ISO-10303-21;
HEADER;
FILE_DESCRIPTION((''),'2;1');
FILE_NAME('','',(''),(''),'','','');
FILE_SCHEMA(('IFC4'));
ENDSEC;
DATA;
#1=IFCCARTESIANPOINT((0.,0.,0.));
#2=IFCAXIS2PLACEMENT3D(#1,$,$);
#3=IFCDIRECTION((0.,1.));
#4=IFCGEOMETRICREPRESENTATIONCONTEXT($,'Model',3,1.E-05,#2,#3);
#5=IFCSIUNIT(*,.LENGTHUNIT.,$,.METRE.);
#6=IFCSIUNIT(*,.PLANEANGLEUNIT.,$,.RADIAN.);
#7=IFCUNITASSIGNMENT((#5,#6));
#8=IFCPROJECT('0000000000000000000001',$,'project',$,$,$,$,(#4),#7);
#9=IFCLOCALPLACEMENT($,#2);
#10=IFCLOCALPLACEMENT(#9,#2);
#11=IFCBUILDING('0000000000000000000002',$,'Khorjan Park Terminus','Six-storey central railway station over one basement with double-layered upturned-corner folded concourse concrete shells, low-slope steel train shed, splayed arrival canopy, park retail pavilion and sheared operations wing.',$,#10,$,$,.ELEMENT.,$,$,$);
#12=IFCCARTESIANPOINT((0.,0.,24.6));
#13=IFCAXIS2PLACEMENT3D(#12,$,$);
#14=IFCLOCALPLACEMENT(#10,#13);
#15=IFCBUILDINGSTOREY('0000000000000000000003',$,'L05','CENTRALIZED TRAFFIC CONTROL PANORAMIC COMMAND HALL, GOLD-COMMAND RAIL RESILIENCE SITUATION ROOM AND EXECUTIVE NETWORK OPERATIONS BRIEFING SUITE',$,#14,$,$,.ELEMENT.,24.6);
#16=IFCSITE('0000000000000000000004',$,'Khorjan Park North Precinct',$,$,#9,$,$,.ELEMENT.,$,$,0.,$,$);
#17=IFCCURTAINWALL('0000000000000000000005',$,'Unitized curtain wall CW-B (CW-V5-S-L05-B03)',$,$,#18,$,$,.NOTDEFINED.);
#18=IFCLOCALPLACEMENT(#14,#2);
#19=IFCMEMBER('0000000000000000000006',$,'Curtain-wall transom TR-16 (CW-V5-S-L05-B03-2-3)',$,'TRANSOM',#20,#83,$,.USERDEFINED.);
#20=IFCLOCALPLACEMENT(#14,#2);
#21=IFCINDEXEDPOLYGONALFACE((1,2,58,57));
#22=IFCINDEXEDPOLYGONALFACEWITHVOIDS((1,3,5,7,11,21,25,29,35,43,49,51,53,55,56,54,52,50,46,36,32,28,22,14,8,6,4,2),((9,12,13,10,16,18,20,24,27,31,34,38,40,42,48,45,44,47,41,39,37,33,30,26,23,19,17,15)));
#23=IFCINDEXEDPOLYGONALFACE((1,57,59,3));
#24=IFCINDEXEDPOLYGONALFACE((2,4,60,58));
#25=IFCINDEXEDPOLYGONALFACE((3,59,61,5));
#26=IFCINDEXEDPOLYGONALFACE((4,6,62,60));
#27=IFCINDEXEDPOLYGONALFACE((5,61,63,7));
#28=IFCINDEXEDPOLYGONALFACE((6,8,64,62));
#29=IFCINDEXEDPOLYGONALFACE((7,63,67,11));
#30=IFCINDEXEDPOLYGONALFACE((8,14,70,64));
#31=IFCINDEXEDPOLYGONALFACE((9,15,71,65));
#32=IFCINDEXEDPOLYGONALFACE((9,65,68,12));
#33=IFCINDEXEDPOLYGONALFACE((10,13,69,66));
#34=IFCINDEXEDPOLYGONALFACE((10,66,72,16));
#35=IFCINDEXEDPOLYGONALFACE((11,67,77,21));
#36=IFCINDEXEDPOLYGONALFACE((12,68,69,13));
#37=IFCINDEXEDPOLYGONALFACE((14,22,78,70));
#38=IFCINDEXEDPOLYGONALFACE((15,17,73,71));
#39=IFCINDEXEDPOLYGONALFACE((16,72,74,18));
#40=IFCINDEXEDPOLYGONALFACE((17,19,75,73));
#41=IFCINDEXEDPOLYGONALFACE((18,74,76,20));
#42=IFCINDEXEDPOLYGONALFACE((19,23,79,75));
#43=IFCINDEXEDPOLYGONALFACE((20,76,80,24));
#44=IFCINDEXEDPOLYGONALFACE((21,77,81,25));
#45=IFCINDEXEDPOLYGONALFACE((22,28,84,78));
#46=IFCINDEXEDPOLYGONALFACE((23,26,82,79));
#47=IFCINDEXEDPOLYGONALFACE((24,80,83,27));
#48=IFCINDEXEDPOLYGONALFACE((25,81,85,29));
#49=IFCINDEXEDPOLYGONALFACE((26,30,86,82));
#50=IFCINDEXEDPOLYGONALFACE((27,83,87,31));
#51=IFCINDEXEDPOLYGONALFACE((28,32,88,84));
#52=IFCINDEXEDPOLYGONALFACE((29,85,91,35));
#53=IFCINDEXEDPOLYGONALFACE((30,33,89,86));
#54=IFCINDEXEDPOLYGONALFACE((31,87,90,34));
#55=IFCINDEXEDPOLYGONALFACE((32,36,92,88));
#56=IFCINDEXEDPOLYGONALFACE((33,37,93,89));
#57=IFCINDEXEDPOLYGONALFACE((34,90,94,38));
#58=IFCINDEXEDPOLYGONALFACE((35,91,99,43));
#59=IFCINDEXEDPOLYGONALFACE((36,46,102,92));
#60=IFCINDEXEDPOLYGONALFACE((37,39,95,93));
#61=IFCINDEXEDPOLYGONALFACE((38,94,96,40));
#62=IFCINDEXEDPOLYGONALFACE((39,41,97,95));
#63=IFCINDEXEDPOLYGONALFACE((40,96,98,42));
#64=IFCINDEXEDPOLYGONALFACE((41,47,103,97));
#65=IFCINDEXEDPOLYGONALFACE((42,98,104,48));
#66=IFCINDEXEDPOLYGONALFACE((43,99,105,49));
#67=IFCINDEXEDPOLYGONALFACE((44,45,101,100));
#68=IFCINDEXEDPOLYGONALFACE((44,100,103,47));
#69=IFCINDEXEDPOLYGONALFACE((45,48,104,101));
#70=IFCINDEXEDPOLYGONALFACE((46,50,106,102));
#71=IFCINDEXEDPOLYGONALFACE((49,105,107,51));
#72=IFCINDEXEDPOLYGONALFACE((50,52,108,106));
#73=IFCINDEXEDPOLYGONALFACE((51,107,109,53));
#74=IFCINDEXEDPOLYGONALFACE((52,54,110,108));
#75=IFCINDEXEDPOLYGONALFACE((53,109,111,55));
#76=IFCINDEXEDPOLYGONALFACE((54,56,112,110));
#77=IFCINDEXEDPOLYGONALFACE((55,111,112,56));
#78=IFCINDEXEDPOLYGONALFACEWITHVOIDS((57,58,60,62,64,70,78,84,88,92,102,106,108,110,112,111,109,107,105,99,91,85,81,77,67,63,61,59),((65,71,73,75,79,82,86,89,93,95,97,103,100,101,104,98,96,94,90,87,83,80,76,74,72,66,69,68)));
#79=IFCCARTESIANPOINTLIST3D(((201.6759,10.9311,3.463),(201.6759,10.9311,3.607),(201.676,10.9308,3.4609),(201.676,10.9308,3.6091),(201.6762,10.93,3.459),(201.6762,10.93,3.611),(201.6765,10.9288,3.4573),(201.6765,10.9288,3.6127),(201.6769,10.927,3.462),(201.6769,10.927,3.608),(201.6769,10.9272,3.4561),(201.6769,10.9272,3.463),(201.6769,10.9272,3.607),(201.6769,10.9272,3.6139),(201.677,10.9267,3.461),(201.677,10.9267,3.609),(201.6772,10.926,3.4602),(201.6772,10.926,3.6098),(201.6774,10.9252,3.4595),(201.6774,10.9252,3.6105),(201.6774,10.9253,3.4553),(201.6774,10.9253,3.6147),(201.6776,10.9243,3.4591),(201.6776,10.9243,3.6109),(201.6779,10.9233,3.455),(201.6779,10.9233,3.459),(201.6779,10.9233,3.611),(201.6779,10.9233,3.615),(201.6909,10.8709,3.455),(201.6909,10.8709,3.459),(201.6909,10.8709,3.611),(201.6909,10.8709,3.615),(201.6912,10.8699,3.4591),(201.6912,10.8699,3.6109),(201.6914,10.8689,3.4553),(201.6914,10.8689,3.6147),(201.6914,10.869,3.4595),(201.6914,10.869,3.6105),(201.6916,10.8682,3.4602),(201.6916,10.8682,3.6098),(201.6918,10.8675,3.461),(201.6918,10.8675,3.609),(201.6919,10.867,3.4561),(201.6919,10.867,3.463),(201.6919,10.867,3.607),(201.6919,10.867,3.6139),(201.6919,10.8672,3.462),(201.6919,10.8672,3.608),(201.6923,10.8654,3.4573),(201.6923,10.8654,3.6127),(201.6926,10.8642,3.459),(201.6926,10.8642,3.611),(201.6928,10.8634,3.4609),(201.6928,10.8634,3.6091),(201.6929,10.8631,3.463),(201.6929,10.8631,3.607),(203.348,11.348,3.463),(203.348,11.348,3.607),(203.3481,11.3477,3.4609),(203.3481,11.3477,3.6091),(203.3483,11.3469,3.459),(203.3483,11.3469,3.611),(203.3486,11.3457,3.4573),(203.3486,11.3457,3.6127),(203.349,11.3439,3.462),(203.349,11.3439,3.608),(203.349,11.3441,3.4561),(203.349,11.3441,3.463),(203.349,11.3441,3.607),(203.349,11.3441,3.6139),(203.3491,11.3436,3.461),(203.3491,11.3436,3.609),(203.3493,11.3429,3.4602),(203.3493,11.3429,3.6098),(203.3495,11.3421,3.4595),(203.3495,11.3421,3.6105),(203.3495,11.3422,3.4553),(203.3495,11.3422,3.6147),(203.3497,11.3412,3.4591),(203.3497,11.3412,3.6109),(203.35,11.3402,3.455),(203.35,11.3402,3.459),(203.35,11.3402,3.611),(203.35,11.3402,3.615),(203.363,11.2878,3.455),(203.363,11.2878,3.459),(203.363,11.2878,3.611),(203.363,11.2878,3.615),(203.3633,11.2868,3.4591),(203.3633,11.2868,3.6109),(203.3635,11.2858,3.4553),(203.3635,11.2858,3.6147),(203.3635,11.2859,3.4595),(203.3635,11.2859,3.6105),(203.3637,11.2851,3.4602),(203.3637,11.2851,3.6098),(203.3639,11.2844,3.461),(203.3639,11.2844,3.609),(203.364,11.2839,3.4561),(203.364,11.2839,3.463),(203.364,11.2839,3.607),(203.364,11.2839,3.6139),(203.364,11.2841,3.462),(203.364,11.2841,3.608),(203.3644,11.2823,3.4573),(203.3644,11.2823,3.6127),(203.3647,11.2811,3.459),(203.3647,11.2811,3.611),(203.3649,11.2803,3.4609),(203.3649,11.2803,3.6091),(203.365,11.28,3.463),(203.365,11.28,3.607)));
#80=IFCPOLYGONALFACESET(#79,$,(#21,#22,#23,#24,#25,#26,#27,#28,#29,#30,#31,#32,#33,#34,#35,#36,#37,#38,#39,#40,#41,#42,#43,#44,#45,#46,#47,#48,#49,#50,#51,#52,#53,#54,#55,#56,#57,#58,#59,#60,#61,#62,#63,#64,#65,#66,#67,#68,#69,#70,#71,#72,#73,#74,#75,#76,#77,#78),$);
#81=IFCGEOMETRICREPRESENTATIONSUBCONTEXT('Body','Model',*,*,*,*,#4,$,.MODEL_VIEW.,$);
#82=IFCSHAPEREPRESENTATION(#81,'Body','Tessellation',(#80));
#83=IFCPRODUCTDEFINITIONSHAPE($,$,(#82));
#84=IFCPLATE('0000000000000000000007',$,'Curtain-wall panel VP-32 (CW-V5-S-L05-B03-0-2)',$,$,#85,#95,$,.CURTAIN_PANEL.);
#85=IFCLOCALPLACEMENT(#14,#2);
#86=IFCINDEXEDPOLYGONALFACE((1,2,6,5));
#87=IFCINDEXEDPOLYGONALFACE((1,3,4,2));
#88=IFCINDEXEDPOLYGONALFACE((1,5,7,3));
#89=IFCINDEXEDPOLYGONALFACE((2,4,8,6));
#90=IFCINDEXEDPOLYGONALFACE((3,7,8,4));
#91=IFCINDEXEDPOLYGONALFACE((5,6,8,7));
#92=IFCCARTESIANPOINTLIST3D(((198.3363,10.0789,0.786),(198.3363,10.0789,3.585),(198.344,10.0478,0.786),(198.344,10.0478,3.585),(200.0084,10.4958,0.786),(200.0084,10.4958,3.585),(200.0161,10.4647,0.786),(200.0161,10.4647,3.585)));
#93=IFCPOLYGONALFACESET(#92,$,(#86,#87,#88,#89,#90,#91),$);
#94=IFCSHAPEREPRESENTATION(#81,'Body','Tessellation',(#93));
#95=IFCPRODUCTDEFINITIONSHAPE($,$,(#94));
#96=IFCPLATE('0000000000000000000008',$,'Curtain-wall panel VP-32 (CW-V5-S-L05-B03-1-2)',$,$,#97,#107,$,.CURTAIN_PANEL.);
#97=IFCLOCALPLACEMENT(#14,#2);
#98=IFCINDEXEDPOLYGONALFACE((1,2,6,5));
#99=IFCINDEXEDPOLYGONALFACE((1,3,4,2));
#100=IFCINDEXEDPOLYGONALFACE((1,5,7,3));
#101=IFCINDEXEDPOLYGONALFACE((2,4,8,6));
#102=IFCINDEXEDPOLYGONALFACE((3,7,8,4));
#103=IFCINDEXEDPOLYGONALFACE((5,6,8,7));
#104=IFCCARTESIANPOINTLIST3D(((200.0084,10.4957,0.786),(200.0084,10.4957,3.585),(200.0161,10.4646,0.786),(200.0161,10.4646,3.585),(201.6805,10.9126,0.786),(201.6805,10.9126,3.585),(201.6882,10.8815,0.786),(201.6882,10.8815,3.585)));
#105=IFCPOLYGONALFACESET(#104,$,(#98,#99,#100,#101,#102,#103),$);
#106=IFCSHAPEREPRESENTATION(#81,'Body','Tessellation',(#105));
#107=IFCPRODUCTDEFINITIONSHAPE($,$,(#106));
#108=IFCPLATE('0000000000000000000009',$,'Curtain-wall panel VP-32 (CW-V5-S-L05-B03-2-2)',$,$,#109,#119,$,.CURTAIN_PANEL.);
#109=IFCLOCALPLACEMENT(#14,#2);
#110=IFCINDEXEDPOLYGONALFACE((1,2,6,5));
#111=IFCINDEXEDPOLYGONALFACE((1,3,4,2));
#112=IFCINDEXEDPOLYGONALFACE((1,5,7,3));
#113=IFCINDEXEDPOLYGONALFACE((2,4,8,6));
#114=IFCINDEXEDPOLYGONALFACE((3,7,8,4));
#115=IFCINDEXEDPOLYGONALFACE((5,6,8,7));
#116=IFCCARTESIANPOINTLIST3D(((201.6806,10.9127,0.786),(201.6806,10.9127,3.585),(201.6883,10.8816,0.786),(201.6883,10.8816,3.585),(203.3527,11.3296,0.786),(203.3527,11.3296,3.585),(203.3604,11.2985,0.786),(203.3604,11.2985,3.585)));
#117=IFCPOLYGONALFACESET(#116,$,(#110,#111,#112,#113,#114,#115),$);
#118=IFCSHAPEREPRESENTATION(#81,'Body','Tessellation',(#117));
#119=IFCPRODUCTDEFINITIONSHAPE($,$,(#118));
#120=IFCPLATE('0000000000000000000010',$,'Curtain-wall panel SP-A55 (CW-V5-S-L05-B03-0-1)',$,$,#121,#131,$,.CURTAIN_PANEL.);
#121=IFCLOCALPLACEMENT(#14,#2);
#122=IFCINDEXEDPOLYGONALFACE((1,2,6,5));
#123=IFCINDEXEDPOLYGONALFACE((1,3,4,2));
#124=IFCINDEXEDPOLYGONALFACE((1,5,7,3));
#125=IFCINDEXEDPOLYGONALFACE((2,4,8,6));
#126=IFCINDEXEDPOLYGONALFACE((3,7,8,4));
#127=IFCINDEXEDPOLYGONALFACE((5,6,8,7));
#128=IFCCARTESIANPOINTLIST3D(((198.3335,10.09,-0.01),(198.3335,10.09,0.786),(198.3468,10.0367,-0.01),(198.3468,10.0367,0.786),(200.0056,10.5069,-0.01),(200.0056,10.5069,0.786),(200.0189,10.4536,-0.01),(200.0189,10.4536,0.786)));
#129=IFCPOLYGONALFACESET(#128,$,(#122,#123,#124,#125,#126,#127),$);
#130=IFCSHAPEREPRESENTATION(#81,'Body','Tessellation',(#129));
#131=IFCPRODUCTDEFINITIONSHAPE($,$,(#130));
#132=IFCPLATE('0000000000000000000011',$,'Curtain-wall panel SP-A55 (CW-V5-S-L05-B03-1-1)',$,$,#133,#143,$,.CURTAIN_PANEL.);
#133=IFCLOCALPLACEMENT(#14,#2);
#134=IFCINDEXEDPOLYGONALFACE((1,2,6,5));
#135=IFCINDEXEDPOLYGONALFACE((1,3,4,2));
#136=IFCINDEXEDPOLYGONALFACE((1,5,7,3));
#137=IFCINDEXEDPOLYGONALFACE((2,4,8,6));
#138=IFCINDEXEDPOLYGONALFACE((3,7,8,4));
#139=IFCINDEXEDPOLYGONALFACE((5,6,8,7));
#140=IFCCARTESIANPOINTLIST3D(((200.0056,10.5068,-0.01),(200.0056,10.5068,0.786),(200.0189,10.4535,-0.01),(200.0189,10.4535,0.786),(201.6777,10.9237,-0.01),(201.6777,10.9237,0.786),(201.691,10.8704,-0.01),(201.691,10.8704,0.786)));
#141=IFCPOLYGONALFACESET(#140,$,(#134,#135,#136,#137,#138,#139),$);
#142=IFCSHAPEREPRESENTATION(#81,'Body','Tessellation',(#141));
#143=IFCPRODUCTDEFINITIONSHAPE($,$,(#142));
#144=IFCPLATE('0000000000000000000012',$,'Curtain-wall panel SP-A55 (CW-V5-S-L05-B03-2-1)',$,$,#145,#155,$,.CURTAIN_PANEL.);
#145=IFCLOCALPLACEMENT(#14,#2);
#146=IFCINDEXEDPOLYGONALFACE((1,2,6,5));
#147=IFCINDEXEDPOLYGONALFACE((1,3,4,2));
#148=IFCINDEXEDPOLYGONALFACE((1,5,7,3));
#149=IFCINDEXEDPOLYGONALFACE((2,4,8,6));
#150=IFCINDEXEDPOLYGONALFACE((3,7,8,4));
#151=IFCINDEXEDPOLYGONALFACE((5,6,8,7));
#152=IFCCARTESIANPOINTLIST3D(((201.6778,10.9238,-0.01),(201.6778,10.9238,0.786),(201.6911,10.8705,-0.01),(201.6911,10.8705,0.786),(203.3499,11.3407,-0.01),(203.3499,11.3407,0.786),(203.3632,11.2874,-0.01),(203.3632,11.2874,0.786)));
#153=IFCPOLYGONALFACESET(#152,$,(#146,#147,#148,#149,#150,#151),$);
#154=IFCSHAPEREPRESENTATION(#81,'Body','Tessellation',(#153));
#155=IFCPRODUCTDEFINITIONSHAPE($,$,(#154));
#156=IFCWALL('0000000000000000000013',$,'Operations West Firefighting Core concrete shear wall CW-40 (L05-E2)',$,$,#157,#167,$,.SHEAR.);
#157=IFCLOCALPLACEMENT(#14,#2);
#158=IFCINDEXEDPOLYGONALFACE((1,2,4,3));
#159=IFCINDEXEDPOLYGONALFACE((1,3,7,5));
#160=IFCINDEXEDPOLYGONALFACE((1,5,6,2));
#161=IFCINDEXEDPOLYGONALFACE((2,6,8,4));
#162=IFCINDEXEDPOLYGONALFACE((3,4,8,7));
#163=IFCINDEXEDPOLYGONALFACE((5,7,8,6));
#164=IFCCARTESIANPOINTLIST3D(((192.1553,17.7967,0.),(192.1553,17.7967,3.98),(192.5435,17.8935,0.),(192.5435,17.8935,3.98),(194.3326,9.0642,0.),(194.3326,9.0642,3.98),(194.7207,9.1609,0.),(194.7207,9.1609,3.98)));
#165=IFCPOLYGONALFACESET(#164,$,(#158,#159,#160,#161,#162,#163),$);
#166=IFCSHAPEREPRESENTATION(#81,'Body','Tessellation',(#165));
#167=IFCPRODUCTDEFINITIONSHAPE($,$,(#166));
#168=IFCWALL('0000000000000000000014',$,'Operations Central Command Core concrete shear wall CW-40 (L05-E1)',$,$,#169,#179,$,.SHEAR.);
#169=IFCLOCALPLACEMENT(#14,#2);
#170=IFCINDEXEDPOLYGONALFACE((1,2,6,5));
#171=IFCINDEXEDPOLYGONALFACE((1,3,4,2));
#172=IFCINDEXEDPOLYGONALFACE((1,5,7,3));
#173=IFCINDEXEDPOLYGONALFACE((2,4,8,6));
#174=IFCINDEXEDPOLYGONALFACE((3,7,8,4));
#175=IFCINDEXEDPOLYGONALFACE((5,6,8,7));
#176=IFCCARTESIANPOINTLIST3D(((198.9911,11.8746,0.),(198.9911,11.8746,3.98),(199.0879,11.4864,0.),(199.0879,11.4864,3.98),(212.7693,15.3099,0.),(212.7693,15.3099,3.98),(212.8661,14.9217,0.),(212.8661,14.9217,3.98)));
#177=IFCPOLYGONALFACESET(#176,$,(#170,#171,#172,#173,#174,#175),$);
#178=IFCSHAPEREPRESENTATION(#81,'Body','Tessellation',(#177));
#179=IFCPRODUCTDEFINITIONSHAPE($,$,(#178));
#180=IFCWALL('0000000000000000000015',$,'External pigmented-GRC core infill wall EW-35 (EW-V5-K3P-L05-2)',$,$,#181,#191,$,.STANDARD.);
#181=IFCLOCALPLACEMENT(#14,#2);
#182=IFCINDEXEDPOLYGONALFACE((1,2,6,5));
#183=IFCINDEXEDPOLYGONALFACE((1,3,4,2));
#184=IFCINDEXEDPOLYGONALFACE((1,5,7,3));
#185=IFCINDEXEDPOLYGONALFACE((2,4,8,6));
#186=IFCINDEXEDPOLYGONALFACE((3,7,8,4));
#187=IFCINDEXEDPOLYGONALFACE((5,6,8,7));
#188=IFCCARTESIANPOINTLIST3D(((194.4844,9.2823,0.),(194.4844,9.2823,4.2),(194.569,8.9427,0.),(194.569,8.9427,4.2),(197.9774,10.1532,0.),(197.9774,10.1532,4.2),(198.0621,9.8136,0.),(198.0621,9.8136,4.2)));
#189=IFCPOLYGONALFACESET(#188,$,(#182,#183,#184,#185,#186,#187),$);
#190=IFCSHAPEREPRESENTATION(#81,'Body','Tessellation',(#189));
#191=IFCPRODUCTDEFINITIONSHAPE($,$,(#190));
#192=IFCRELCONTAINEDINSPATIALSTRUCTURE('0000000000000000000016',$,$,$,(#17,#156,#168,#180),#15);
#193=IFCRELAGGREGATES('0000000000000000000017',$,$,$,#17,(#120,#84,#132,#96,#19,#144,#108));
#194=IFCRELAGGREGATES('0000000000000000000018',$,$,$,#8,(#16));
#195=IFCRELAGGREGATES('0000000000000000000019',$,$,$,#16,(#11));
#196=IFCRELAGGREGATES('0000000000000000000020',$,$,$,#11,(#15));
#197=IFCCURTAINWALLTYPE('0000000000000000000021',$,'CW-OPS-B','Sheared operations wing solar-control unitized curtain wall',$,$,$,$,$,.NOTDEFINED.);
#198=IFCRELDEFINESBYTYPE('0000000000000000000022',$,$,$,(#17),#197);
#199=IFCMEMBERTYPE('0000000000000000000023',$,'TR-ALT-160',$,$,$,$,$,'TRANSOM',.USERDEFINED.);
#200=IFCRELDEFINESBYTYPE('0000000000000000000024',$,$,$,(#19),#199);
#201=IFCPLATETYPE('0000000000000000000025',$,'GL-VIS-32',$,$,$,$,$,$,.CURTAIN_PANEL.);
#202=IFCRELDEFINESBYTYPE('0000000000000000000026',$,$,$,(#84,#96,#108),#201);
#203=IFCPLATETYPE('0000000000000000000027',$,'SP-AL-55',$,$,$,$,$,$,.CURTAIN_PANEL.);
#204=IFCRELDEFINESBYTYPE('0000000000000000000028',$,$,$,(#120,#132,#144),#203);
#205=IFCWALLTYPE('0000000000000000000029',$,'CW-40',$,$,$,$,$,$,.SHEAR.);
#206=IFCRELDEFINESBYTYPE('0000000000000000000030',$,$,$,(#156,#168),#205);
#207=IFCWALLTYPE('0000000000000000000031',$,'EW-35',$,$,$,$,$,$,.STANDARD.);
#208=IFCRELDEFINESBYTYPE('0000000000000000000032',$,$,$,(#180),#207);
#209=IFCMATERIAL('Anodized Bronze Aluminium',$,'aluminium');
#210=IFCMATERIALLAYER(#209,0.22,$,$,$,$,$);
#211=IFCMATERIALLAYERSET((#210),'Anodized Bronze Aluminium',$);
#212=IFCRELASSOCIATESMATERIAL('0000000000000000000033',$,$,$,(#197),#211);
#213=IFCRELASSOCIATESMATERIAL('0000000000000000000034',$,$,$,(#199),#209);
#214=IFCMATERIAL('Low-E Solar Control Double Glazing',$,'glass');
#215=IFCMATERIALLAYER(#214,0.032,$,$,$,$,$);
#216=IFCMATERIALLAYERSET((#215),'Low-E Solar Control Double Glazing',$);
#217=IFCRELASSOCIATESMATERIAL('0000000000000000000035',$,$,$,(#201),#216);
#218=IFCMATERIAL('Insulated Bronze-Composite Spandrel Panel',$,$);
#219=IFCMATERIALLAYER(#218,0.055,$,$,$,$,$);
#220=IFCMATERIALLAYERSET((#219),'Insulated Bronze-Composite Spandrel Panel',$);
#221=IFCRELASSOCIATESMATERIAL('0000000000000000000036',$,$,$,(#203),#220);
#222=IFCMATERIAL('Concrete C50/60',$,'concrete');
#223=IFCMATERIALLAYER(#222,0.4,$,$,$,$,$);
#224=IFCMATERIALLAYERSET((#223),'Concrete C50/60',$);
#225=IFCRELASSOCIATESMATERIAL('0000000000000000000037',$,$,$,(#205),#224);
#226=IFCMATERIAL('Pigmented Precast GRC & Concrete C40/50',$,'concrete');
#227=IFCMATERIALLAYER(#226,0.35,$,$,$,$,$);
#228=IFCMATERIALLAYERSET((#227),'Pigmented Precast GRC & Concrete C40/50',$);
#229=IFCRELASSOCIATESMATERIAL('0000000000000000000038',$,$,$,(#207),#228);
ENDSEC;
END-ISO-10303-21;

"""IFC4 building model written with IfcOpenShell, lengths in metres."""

from ifc_helpers import new_model, si_unit, direction, frame, frame_2d, origin, origin_2d, place, context, subcontext, project, spatial, rectangle, hollow_rectangle, extrude, material, layer, layer_set, material_profile, profile_set, type_object, element, aggregate, save


model = new_model("IFC4")

# Units and contexts
model_context = context("Model", 3, precision=1e-05, world=origin(), true_north=direction((0.0, 1.0)))
body_context = subcontext(model_context, "Body", "Model", "MODEL_VIEW")
ifc_project = project(units=[si_unit("LENGTHUNIT", "METRE"), si_unit("PLANEANGLEUNIT", "RADIAN")], contexts=[model_context])

# Site, building, storey
site_placement = place(None, origin())
site = spatial("IfcSite", under=ifc_project, at=site_placement, Name="Khorjan Park North Precinct", CompositionType="ELEMENT", RefElevation=0.0)
building_placement = place(site_placement, origin())
building = spatial("IfcBuilding", under=site, at=building_placement, Name="Khorjan Park Terminus", Description="Six-storey central railway station over one basement with double-layered upturned-corner folded concourse concrete shells, low-slope steel train shed, splayed arrival canopy, park retail pavilion and sheared operations wing.", CompositionType="ELEMENT")
storey_placement = place(building_placement, frame((0.0, 0.0, 24.6)))
storey = spatial("IfcBuildingStorey", under=building, at=storey_placement, Name="L05", Description="CENTRALIZED TRAFFIC CONTROL PANORAMIC COMMAND HALL, GOLD-COMMAND RAIL RESILIENCE SITUATION ROOM AND EXECUTIVE NETWORK OPERATIONS BRIEFING SUITE", CompositionType="ELEMENT", Elevation=24.6)

# Shared definitions
ifc_material_1 = material(Name="Concrete C50/60", Category="concrete")

# Curtain wall, member, plates
ifc_material_2 = material(Name="Anodized Bronze Aluminium", Category="aluminium")
ifc_layer_1 = layer(ifc_material_2, 0.22)
ifc_layer_set_1 = layer_set([ifc_layer_1], Name="Anodized Bronze Aluminium")
curtain_wall_type = type_object("IfcCurtainWallType", Name="CW-OPS-B", Description="Sheared operations wing solar-control unitized curtain wall", PredefinedType="NOTDEFINED", material=ifc_layer_set_1)
curtain_wall_placement = place(storey_placement, origin())
curtain_wall = element("IfcCurtainWall", 1, at=curtain_wall_placement, inside=storey, type_object=curtain_wall_type, Name="Unitized curtain wall CW-B (CW-V5-S-L05-B03)", PredefinedType="NOTDEFINED")
ifc_material_profile_1 = material_profile(ifc_material_2, hollow_rectangle(XDim=0.07, YDim=0.16, WallThickness=0.004, InnerFilletRadius=0.004, OuterFilletRadius=0.008, at=origin_2d()), Name="ALT 70x160x4")
ifc_profile_set_1 = profile_set([ifc_material_profile_1], Name="Anodized Bronze Aluminium")
member_type_1 = type_object("IfcMemberType", Name="TR-ALT-160", ElementType="TRANSOM", PredefinedType="USERDEFINED", material=ifc_profile_set_1)
member_1_placement = place(storey_placement, frame((201.6844, 10.8971, 3.535), z_axis=(0.970296, 0.241921, 0.0), x_axis=(-0.241921, 0.970296, 0.0)))
member_1 = element("IfcMember", 2, at=member_1_placement, type_object=member_type_1, Name="Curtain-wall transom TR-16 (CW-V5-S-L05-B03-2-3)", ObjectType="TRANSOM", PredefinedType="USERDEFINED", context=body_context, shape_type="SweptSolid", body=[
    extrude(hollow_rectangle(XDim=0.07, YDim=0.16, WallThickness=0.004, InnerFilletRadius=0.004, OuterFilletRadius=0.008, at=origin_2d()), origin(), (0.0, 0.0, 1.0), 1.7233),
])
ifc_material_3 = material(Name="Low-E Solar Control Double Glazing", Category="glass")
ifc_layer_2 = layer(ifc_material_3, 0.032)
ifc_layer_set_2 = layer_set([ifc_layer_2], Name="Low-E Solar Control Double Glazing")
plate_type_1 = type_object("IfcPlateType", Name="GL-VIS-32", PredefinedType="CURTAIN_PANEL", material=ifc_layer_set_2)
plate_1_placement = place(storey_placement, frame((199.1762, 10.2718, 0.786), z_axis=(0.0, 0.0, 1.0), x_axis=(0.970295, 0.241926, 0.0)))
plate_1 = element("IfcPlate", 3, at=plate_1_placement, type_object=plate_type_1, Name="Curtain-wall panel VP-32 (CW-V5-S-L05-B03-0-2)", PredefinedType="CURTAIN_PANEL", context=body_context, shape_type="SweptSolid", body=[
    extrude(rectangle(XDim=1.7233, YDim=0.032, at=origin_2d()), origin(), (0.0, 0.0, 1.0), 2.799),
])
plate_2_placement = place(storey_placement, frame((200.8483, 10.6886, 0.786), z_axis=(0.0, 0.0, 1.0), x_axis=(0.970295, 0.241926, 0.0)))
plate_2 = element("IfcPlate", 4, at=plate_2_placement, type_object=plate_type_1, Name="Curtain-wall panel VP-32 (CW-V5-S-L05-B03-1-2)", PredefinedType="CURTAIN_PANEL", context=body_context, shape_type="SweptSolid", body=[
    extrude(rectangle(XDim=1.7233, YDim=0.032, at=origin_2d()), origin(), (0.0, 0.0, 1.0), 2.799),
])
plate_3_placement = place(storey_placement, frame((202.5205, 11.1056, 0.786), z_axis=(0.0, 0.0, 1.0), x_axis=(0.970295, 0.241926, 0.0)))
plate_3 = element("IfcPlate", 5, at=plate_3_placement, type_object=plate_type_1, Name="Curtain-wall panel VP-32 (CW-V5-S-L05-B03-2-2)", PredefinedType="CURTAIN_PANEL", context=body_context, shape_type="SweptSolid", body=[
    extrude(rectangle(XDim=1.7233, YDim=0.032, at=origin_2d()), origin(), (0.0, 0.0, 1.0), 2.799),
])
ifc_material_4 = material(Name="Insulated Bronze-Composite Spandrel Panel")
ifc_layer_3 = layer(ifc_material_4, 0.055)
ifc_layer_set_3 = layer_set([ifc_layer_3], Name="Insulated Bronze-Composite Spandrel Panel")
plate_type_2 = type_object("IfcPlateType", Name="SP-AL-55", PredefinedType="CURTAIN_PANEL", material=ifc_layer_set_3)
plate_4_placement = place(storey_placement, frame((199.1762, 10.2718, -0.01), z_axis=(0.0, 0.0, 1.0), x_axis=(0.970295, 0.241926, 0.0)))
plate_4 = element("IfcPlate", 6, at=plate_4_placement, type_object=plate_type_2, Name="Curtain-wall panel SP-A55 (CW-V5-S-L05-B03-0-1)", PredefinedType="CURTAIN_PANEL", context=body_context, shape_type="SweptSolid", body=[
    extrude(rectangle(XDim=1.7233, YDim=0.055, at=origin_2d()), origin(), (0.0, 0.0, 1.0), 0.796),
])
plate_5_placement = place(storey_placement, frame((200.8483, 10.6886, -0.01), z_axis=(0.0, 0.0, 1.0), x_axis=(0.970295, 0.241926, 0.0)))
plate_5 = element("IfcPlate", 7, at=plate_5_placement, type_object=plate_type_2, Name="Curtain-wall panel SP-A55 (CW-V5-S-L05-B03-1-1)", PredefinedType="CURTAIN_PANEL", context=body_context, shape_type="SweptSolid", body=[
    extrude(rectangle(XDim=1.7233, YDim=0.055, at=origin_2d()), origin(), (0.0, 0.0, 1.0), 0.796),
])
plate_6_placement = place(storey_placement, frame((202.5205, 11.1056, -0.01), z_axis=(0.0, 0.0, 1.0), x_axis=(0.970295, 0.241926, 0.0)))
plate_6 = element("IfcPlate", 8, at=plate_6_placement, type_object=plate_type_2, Name="Curtain-wall panel SP-A55 (CW-V5-S-L05-B03-2-1)", PredefinedType="CURTAIN_PANEL", context=body_context, shape_type="SweptSolid", body=[
    extrude(rectangle(XDim=1.7233, YDim=0.055, at=origin_2d()), origin(), (0.0, 0.0, 1.0), 0.796),
])
aggregate(curtain_wall, [plate_4, plate_1, plate_5, plate_2, member_1, plate_6, plate_3])

# Walls
ifc_layer_4 = layer(ifc_material_1, 0.4)
ifc_layer_set_4 = layer_set([ifc_layer_4], Name="Concrete C50/60")
wall_type_1 = type_object("IfcWallType", Name="CW-40", PredefinedType="SHEAR", material=ifc_layer_set_4)
wall_1_placement = place(storey_placement, frame((194.5267, 9.1125, 0.0), z_axis=(0.0, 0.0, 1.0), x_axis=(-0.241924, 0.970295, 0.0)))
element("IfcWall", 9, at=wall_1_placement, inside=storey, type_object=wall_type_1, Name="Operations West Firefighting Core concrete shear wall CW-40 (L05-E2)", PredefinedType="SHEAR", context=body_context, shape_type="SweptSolid", body=[
    extrude(rectangle(XDim=8.9999, YDim=0.4, at=frame_2d((4.5, 0.0))), origin(), (0.0, 0.0, 1.0), 3.98),
])
wall_2_placement = place(storey_placement, frame((199.0395, 11.6805, 0.0), z_axis=(0.0, 0.0, 1.0), x_axis=(0.970296, 0.241922, 0.0)))
element("IfcWall", 10, at=wall_2_placement, inside=storey, type_object=wall_type_1, Name="Operations Central Command Core concrete shear wall CW-40 (L05-E1)", PredefinedType="SHEAR", context=body_context, shape_type="SweptSolid", body=[
    extrude(rectangle(XDim=14.2, YDim=0.4, at=frame_2d((7.1, 0.0))), origin(), (0.0, 0.0, 1.0), 3.98),
])
ifc_material_5 = material(Name="Pigmented Precast GRC & Concrete C40/50", Category="concrete")
ifc_layer_5 = layer(ifc_material_5, 0.35)
ifc_layer_set_5 = layer_set([ifc_layer_5], Name="Pigmented Precast GRC & Concrete C40/50")
wall_type_2 = type_object("IfcWallType", Name="EW-35", PredefinedType="STANDARD", material=ifc_layer_set_5)
wall_3_placement = place(storey_placement, frame((194.5267, 9.1125, 0.0), z_axis=(0.0, 0.0, 1.0), x_axis=(0.970298, 0.241915, 0.0)))
element("IfcWall", 11, at=wall_3_placement, inside=storey, type_object=wall_type_2, Name="External pigmented-GRC core infill wall EW-35 (EW-V5-K3P-L05-2)", PredefinedType="STANDARD", context=body_context, shape_type="SweptSolid", body=[
    extrude(rectangle(XDim=3.6, YDim=0.35, at=frame_2d((1.8, 0.0))), origin(), (0.0, 0.0, 1.0), 4.2),
])

save(model, "model.ifc")
